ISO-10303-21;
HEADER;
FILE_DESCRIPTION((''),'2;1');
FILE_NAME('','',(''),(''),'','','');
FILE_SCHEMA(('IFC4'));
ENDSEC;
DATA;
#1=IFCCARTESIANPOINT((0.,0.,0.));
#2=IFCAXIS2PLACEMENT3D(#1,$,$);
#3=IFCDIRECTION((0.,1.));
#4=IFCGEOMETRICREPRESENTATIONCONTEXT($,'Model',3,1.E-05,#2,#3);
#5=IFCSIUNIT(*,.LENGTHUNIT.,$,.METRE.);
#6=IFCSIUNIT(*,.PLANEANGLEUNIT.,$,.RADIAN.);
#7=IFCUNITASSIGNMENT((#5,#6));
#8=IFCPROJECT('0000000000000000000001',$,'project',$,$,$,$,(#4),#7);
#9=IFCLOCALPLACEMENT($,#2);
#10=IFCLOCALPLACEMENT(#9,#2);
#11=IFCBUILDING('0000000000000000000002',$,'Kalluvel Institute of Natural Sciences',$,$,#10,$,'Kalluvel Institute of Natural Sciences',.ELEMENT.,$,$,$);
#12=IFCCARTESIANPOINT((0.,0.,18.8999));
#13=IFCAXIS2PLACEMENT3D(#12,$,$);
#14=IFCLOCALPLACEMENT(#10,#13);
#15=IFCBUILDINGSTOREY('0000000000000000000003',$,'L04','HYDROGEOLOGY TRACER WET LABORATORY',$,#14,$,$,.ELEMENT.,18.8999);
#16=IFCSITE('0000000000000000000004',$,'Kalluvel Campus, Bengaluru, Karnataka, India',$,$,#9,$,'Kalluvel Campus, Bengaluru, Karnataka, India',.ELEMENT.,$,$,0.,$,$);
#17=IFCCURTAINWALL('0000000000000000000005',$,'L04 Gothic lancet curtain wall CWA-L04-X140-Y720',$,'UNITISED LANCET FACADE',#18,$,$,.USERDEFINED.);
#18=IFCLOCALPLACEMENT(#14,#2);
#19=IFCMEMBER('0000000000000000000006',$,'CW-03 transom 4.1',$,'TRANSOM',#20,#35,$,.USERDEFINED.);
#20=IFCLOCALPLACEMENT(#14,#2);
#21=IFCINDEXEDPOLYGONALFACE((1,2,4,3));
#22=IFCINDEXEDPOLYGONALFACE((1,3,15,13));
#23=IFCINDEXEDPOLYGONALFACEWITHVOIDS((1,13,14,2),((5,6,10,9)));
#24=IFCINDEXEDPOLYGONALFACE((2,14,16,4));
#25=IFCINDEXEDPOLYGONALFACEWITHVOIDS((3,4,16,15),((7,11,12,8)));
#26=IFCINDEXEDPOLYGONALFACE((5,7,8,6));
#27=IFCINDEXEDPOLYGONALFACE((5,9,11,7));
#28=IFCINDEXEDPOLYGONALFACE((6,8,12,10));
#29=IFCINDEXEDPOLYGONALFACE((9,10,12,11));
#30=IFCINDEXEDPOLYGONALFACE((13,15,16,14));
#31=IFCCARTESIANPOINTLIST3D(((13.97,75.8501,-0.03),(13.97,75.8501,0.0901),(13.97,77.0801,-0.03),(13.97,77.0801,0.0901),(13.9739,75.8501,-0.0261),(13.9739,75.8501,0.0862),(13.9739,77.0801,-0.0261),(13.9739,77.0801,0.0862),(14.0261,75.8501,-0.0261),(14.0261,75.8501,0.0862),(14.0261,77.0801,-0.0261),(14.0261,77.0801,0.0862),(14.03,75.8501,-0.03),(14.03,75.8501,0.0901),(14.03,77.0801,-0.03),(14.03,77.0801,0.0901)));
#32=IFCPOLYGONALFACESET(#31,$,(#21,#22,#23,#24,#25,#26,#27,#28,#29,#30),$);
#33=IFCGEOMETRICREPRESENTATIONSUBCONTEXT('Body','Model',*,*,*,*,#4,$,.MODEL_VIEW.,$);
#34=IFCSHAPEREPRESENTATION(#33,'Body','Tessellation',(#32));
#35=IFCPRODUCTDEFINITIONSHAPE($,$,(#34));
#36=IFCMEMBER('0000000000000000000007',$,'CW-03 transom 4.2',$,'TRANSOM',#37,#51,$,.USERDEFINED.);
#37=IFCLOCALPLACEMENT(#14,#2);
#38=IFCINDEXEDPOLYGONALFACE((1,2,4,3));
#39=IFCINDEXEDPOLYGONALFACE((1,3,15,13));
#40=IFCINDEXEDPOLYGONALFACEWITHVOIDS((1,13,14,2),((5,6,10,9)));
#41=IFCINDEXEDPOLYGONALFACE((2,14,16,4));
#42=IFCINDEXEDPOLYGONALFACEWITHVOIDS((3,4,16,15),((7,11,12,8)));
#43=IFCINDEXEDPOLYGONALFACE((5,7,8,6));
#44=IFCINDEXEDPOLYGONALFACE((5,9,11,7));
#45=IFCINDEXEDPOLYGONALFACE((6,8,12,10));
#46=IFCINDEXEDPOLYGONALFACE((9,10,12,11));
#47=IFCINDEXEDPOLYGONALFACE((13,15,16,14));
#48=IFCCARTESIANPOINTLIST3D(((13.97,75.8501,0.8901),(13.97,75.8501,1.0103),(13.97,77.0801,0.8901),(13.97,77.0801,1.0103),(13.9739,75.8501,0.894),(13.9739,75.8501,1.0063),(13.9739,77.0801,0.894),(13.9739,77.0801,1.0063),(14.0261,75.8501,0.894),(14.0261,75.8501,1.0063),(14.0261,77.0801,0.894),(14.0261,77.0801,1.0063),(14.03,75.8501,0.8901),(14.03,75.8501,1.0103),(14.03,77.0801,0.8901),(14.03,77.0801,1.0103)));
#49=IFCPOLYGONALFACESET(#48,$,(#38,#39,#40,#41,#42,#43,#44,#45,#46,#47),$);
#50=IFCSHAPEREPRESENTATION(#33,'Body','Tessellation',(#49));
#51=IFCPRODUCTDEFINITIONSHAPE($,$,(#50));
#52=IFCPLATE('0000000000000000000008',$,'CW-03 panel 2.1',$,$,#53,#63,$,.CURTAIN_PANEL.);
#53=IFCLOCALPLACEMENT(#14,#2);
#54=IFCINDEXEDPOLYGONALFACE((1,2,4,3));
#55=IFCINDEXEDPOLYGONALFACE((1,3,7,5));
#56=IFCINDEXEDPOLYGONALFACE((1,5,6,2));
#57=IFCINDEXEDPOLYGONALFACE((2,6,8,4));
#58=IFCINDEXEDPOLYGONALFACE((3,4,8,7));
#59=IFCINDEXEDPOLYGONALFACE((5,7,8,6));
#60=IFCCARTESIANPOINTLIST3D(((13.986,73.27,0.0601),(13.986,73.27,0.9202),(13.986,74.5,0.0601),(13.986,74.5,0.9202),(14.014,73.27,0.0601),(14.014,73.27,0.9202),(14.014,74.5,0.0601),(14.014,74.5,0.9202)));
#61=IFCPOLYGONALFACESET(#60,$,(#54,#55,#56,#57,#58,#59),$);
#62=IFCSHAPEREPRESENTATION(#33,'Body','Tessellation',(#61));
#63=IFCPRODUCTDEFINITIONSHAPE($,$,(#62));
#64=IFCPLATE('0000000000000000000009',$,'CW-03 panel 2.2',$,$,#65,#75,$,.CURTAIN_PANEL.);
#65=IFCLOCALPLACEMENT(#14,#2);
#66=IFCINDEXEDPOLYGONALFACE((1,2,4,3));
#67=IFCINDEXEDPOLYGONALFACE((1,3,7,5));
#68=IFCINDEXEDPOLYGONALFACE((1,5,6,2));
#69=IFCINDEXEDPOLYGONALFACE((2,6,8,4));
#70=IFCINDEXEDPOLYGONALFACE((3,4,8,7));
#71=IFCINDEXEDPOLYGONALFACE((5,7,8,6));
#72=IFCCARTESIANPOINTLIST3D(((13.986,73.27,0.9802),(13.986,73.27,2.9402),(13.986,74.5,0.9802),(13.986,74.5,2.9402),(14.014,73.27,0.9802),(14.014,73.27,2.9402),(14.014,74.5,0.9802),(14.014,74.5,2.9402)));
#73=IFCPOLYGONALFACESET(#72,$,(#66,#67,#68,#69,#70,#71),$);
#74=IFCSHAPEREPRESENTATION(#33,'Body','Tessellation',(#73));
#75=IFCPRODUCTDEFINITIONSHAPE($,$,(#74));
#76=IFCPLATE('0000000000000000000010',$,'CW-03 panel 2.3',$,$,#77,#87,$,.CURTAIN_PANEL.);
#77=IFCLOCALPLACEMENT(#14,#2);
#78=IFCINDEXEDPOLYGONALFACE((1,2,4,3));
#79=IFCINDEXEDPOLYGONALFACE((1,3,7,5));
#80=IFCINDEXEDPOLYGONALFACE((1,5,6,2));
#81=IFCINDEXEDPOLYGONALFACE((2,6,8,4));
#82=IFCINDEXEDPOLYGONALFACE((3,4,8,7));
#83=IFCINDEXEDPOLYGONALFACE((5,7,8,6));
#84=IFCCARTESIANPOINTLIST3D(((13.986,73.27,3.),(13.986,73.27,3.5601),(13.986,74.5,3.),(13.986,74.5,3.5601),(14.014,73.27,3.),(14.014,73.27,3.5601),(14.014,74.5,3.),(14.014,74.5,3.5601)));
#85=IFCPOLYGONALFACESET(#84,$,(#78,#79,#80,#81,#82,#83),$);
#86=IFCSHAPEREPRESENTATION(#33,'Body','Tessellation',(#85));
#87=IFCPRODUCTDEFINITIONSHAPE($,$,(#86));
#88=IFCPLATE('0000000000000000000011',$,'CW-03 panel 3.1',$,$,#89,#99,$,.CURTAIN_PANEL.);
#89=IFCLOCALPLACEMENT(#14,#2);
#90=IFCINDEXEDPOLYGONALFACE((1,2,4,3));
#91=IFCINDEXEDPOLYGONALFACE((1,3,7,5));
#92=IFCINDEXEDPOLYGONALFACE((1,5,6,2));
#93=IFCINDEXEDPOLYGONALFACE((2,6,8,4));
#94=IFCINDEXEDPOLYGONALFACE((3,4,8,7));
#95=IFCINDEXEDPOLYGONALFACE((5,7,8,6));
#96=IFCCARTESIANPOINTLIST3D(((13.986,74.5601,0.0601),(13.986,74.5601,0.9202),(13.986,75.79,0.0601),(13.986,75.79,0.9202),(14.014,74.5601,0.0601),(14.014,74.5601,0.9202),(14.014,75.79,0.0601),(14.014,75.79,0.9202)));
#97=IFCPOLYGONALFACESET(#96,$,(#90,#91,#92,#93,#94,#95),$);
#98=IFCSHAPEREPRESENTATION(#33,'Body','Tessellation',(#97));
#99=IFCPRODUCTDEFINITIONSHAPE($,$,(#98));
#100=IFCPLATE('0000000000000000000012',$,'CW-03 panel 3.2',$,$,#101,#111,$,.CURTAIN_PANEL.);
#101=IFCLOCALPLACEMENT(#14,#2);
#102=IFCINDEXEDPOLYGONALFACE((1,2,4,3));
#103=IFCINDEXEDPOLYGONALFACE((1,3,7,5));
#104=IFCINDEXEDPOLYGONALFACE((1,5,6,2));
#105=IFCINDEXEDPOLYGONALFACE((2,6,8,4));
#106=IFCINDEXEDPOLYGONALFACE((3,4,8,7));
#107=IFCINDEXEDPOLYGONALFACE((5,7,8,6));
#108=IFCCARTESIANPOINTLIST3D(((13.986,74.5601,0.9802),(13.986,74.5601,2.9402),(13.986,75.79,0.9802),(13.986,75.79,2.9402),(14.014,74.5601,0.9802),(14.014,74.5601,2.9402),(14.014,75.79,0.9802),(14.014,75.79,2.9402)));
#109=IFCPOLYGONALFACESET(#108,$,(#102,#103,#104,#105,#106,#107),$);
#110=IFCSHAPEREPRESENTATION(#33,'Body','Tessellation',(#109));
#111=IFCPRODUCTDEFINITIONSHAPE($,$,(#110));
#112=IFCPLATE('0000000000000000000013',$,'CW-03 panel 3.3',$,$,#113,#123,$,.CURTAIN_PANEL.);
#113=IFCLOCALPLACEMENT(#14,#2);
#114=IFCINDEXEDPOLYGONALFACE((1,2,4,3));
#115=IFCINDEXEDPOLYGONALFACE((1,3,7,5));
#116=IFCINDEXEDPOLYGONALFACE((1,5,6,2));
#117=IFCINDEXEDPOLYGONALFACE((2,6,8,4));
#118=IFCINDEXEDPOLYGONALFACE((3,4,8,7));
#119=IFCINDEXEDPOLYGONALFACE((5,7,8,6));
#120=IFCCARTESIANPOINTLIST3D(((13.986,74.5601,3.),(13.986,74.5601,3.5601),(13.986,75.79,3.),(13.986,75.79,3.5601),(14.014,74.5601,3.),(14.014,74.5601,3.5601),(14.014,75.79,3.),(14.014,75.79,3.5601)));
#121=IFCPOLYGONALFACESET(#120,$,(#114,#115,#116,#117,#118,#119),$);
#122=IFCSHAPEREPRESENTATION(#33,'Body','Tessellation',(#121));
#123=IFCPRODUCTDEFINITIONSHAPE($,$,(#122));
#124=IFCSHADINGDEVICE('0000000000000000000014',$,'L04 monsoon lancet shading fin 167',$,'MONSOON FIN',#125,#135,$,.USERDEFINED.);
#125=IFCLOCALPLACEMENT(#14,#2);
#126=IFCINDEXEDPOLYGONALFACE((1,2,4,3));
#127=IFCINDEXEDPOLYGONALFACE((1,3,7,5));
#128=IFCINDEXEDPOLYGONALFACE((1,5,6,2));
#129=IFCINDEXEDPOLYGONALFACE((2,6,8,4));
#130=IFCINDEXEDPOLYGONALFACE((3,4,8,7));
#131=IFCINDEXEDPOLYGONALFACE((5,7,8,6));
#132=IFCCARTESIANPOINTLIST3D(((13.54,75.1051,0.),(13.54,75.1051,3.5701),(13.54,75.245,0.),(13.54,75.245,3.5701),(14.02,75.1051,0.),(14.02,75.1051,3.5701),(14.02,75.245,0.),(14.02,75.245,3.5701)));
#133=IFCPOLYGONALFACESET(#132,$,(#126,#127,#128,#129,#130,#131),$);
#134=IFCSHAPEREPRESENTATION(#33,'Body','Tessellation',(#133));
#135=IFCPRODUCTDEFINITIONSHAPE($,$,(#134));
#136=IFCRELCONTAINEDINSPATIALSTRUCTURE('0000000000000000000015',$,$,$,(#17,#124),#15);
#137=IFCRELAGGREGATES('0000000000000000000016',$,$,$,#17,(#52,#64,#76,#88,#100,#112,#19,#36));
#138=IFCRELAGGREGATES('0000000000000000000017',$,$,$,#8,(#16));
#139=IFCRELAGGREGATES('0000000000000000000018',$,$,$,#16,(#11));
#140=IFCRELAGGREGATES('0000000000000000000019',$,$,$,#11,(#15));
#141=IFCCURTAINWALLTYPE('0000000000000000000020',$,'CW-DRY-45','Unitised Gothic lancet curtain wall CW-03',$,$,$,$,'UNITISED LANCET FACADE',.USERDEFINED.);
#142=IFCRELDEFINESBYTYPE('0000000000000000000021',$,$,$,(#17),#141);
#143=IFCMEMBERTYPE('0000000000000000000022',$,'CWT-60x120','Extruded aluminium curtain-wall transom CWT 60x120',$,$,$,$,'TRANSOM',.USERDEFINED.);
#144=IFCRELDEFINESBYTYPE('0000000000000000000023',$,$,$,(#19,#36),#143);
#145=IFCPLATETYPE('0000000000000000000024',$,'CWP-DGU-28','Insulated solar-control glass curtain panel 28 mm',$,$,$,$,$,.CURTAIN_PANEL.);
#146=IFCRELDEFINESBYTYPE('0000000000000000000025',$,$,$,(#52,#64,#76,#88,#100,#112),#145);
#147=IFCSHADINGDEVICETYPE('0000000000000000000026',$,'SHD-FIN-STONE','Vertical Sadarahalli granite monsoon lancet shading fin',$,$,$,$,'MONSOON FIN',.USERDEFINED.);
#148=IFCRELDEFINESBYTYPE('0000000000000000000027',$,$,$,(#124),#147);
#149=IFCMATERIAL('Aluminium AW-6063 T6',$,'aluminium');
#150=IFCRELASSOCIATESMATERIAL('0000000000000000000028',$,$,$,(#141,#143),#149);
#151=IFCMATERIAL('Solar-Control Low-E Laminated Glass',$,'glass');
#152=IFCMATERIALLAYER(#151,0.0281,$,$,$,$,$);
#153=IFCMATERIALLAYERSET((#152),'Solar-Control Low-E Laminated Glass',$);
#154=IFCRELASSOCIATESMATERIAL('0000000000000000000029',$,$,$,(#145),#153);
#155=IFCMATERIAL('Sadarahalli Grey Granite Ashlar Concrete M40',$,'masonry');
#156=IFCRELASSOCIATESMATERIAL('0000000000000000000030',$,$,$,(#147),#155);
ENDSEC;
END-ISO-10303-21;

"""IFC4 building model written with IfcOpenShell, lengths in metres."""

from ifc_helpers import new_model, si_unit, direction, frame, origin, origin_2d, place, context, subcontext, project, spatial, rectangle, hollow_rectangle, extrude, material, layer, layer_set, material_profile, profile_set, type_object, element, aggregate, save


model = new_model("IFC4")

# Units and contexts
model_context = context("Model", 3, precision=1e-05, world=origin(), true_north=direction((0.0, 1.0)))
body_context = subcontext(model_context, "Body", "Model", "MODEL_VIEW")
ifc_project = project(units=[si_unit("LENGTHUNIT", "METRE"), si_unit("PLANEANGLEUNIT", "RADIAN")], contexts=[model_context])

# Site, building, storey
site_placement = place(None, origin())
site = spatial("IfcSite", under=ifc_project, at=site_placement, Name="Kalluvel Campus, Bengaluru, Karnataka, India", LongName="Kalluvel Campus, Bengaluru, Karnataka, India", CompositionType="ELEMENT", RefElevation=0.0)
building_placement = place(site_placement, origin())
building = spatial("IfcBuilding", under=site, at=building_placement, Name="Kalluvel Institute of Natural Sciences", LongName="Kalluvel Institute of Natural Sciences", CompositionType="ELEMENT")
storey_placement = place(building_placement, frame((0.0, 0.0, 18.8999)))
storey = spatial("IfcBuildingStorey", under=building, at=storey_placement, Name="L04", Description="HYDROGEOLOGY TRACER WET LABORATORY", CompositionType="ELEMENT", Elevation=18.8999)

# Curtain wall, members, plates
ifc_material_1 = material(Name="Aluminium AW-6063 T6", Category="aluminium")
curtain_wall_type = type_object("IfcCurtainWallType", Name="CW-DRY-45", Description="Unitised Gothic lancet curtain wall CW-03", ElementType="UNITISED LANCET FACADE", PredefinedType="USERDEFINED", material=ifc_material_1)
curtain_wall_placement = place(storey_placement, origin())
curtain_wall = element("IfcCurtainWall", 1, at=curtain_wall_placement, inside=storey, type_object=curtain_wall_type, Name="L04 Gothic lancet curtain wall CWA-L04-X140-Y720", ObjectType="UNITISED LANCET FACADE", PredefinedType="USERDEFINED")
ifc_material_profile_1 = material_profile(ifc_material_1, hollow_rectangle(XDim=0.0601, YDim=0.1201, WallThickness=0.0039, at=origin_2d()), Name="CWT 60x120")
ifc_profile_set_1 = profile_set([ifc_material_profile_1], Name="Aluminium AW-6063 T6")
member_type_1 = type_object("IfcMemberType", Name="CWT-60x120", Description="Extruded aluminium curtain-wall transom CWT 60x120", ElementType="TRANSOM", PredefinedType="USERDEFINED", material=ifc_profile_set_1)
member_1_placement = place(storey_placement, frame((14.0, 75.8501, 0.03), z_axis=(0.0, 1.0, 0.0), x_axis=(-1.0, 0.0, 0.0)))
member_1 = element("IfcMember", 2, at=member_1_placement, type_object=member_type_1, Name="CW-03 transom 4.1", ObjectType="TRANSOM", PredefinedType="USERDEFINED", context=body_context, shape_type="SweptSolid", body=[
    extrude(hollow_rectangle(XDim=0.0601, YDim=0.1201, WallThickness=0.0039, at=origin_2d()), origin(), (0.0, 0.0, 1.0), 1.23),
])
member_2_placement = place(storey_placement, frame((14.0, 75.8501, 0.9502), z_axis=(0.0, 1.0, 0.0), x_axis=(-1.0, 0.0, 0.0)))
member_2 = element("IfcMember", 3, at=member_2_placement, type_object=member_type_1, Name="CW-03 transom 4.2", ObjectType="TRANSOM", PredefinedType="USERDEFINED", context=body_context, shape_type="SweptSolid", body=[
    extrude(hollow_rectangle(XDim=0.0601, YDim=0.1201, WallThickness=0.0039, at=origin_2d()), origin(), (0.0, 0.0, 1.0), 1.23),
])
ifc_material_2 = material(Name="Solar-Control Low-E Laminated Glass", Category="glass")
ifc_layer = layer(ifc_material_2, 0.0281)
ifc_layer_set = layer_set([ifc_layer], Name="Solar-Control Low-E Laminated Glass")
plate_type = type_object("IfcPlateType", Name="CWP-DGU-28", Description="Insulated solar-control glass curtain panel 28 mm", PredefinedType="CURTAIN_PANEL", material=ifc_layer_set)
plate_1_placement = place(storey_placement, frame((14.0, 73.885, 0.0601), z_axis=(0.0, 0.0, 1.0), x_axis=(0.0, 1.0, 0.0)))
plate_1 = element("IfcPlate", 4, at=plate_1_placement, type_object=plate_type, Name="CW-03 panel 2.1", PredefinedType="CURTAIN_PANEL", context=body_context, shape_type="SweptSolid", body=[
    extrude(rectangle(XDim=1.23, YDim=0.0281, at=origin_2d()), origin(), (0.0, 0.0, 1.0), 0.8601),
])
plate_2_placement = place(storey_placement, frame((14.0, 73.885, 0.9802), z_axis=(0.0, 0.0, 1.0), x_axis=(0.0, 1.0, 0.0)))
plate_2 = element("IfcPlate", 5, at=plate_2_placement, type_object=plate_type, Name="CW-03 panel 2.2", PredefinedType="CURTAIN_PANEL", context=body_context, shape_type="SweptSolid", body=[
    extrude(rectangle(XDim=1.23, YDim=0.0281, at=origin_2d()), origin(), (0.0, 0.0, 1.0), 1.96),
])
plate_3_placement = place(storey_placement, frame((14.0, 73.885, 3.0), z_axis=(0.0, 0.0, 1.0), x_axis=(0.0, 1.0, 0.0)))
plate_3 = element("IfcPlate", 6, at=plate_3_placement, type_object=plate_type, Name="CW-03 panel 2.3", PredefinedType="CURTAIN_PANEL", context=body_context, shape_type="SweptSolid", body=[
    extrude(rectangle(XDim=1.23, YDim=0.0281, at=origin_2d()), origin(), (0.0, 0.0, 1.0), 0.5601),
])
plate_4_placement = place(storey_placement, frame((14.0, 75.175, 0.0601), z_axis=(0.0, 0.0, 1.0), x_axis=(0.0, 1.0, 0.0)))
plate_4 = element("IfcPlate", 7, at=plate_4_placement, type_object=plate_type, Name="CW-03 panel 3.1", PredefinedType="CURTAIN_PANEL", context=body_context, shape_type="SweptSolid", body=[
    extrude(rectangle(XDim=1.23, YDim=0.0281, at=origin_2d()), origin(), (0.0, 0.0, 1.0), 0.8601),
])
plate_5_placement = place(storey_placement, frame((14.0, 75.175, 0.9802), z_axis=(0.0, 0.0, 1.0), x_axis=(0.0, 1.0, 0.0)))
plate_5 = element("IfcPlate", 8, at=plate_5_placement, type_object=plate_type, Name="CW-03 panel 3.2", PredefinedType="CURTAIN_PANEL", context=body_context, shape_type="SweptSolid", body=[
    extrude(rectangle(XDim=1.23, YDim=0.0281, at=origin_2d()), origin(), (0.0, 0.0, 1.0), 1.96),
])
plate_6_placement = place(storey_placement, frame((14.0, 75.175, 3.0), z_axis=(0.0, 0.0, 1.0), x_axis=(0.0, 1.0, 0.0)))
plate_6 = element("IfcPlate", 9, at=plate_6_placement, type_object=plate_type, Name="CW-03 panel 3.3", PredefinedType="CURTAIN_PANEL", context=body_context, shape_type="SweptSolid", body=[
    extrude(rectangle(XDim=1.23, YDim=0.0281, at=origin_2d()), origin(), (0.0, 0.0, 1.0), 0.5601),
])
aggregate(curtain_wall, [plate_1, plate_2, plate_3, plate_4, plate_5, plate_6, member_1, member_2])

# Shading device
ifc_material_3 = material(Name="Sadarahalli Grey Granite Ashlar Concrete M40", Category="masonry")
shading_device_type = type_object("IfcShadingDeviceType", Name="SHD-FIN-STONE", Description="Vertical Sadarahalli granite monsoon lancet shading fin", ElementType="MONSOON FIN", PredefinedType="USERDEFINED", material=ifc_material_3)
shading_device_placement = place(storey_placement, frame((13.78, 75.175, 0.0), z_axis=(0.0, 0.0, 1.0), x_axis=(0.0, 1.0, 0.0)))
element("IfcShadingDevice", 10, at=shading_device_placement, inside=storey, type_object=shading_device_type, Name="L04 monsoon lancet shading fin 167", ObjectType="MONSOON FIN", PredefinedType="USERDEFINED", context=body_context, shape_type="SweptSolid", body=[
    extrude(rectangle(XDim=0.1399, YDim=0.48, at=origin_2d()), origin(), (0.0, 0.0, 1.0), 3.5701),
])

save(model, "model.ifc")
